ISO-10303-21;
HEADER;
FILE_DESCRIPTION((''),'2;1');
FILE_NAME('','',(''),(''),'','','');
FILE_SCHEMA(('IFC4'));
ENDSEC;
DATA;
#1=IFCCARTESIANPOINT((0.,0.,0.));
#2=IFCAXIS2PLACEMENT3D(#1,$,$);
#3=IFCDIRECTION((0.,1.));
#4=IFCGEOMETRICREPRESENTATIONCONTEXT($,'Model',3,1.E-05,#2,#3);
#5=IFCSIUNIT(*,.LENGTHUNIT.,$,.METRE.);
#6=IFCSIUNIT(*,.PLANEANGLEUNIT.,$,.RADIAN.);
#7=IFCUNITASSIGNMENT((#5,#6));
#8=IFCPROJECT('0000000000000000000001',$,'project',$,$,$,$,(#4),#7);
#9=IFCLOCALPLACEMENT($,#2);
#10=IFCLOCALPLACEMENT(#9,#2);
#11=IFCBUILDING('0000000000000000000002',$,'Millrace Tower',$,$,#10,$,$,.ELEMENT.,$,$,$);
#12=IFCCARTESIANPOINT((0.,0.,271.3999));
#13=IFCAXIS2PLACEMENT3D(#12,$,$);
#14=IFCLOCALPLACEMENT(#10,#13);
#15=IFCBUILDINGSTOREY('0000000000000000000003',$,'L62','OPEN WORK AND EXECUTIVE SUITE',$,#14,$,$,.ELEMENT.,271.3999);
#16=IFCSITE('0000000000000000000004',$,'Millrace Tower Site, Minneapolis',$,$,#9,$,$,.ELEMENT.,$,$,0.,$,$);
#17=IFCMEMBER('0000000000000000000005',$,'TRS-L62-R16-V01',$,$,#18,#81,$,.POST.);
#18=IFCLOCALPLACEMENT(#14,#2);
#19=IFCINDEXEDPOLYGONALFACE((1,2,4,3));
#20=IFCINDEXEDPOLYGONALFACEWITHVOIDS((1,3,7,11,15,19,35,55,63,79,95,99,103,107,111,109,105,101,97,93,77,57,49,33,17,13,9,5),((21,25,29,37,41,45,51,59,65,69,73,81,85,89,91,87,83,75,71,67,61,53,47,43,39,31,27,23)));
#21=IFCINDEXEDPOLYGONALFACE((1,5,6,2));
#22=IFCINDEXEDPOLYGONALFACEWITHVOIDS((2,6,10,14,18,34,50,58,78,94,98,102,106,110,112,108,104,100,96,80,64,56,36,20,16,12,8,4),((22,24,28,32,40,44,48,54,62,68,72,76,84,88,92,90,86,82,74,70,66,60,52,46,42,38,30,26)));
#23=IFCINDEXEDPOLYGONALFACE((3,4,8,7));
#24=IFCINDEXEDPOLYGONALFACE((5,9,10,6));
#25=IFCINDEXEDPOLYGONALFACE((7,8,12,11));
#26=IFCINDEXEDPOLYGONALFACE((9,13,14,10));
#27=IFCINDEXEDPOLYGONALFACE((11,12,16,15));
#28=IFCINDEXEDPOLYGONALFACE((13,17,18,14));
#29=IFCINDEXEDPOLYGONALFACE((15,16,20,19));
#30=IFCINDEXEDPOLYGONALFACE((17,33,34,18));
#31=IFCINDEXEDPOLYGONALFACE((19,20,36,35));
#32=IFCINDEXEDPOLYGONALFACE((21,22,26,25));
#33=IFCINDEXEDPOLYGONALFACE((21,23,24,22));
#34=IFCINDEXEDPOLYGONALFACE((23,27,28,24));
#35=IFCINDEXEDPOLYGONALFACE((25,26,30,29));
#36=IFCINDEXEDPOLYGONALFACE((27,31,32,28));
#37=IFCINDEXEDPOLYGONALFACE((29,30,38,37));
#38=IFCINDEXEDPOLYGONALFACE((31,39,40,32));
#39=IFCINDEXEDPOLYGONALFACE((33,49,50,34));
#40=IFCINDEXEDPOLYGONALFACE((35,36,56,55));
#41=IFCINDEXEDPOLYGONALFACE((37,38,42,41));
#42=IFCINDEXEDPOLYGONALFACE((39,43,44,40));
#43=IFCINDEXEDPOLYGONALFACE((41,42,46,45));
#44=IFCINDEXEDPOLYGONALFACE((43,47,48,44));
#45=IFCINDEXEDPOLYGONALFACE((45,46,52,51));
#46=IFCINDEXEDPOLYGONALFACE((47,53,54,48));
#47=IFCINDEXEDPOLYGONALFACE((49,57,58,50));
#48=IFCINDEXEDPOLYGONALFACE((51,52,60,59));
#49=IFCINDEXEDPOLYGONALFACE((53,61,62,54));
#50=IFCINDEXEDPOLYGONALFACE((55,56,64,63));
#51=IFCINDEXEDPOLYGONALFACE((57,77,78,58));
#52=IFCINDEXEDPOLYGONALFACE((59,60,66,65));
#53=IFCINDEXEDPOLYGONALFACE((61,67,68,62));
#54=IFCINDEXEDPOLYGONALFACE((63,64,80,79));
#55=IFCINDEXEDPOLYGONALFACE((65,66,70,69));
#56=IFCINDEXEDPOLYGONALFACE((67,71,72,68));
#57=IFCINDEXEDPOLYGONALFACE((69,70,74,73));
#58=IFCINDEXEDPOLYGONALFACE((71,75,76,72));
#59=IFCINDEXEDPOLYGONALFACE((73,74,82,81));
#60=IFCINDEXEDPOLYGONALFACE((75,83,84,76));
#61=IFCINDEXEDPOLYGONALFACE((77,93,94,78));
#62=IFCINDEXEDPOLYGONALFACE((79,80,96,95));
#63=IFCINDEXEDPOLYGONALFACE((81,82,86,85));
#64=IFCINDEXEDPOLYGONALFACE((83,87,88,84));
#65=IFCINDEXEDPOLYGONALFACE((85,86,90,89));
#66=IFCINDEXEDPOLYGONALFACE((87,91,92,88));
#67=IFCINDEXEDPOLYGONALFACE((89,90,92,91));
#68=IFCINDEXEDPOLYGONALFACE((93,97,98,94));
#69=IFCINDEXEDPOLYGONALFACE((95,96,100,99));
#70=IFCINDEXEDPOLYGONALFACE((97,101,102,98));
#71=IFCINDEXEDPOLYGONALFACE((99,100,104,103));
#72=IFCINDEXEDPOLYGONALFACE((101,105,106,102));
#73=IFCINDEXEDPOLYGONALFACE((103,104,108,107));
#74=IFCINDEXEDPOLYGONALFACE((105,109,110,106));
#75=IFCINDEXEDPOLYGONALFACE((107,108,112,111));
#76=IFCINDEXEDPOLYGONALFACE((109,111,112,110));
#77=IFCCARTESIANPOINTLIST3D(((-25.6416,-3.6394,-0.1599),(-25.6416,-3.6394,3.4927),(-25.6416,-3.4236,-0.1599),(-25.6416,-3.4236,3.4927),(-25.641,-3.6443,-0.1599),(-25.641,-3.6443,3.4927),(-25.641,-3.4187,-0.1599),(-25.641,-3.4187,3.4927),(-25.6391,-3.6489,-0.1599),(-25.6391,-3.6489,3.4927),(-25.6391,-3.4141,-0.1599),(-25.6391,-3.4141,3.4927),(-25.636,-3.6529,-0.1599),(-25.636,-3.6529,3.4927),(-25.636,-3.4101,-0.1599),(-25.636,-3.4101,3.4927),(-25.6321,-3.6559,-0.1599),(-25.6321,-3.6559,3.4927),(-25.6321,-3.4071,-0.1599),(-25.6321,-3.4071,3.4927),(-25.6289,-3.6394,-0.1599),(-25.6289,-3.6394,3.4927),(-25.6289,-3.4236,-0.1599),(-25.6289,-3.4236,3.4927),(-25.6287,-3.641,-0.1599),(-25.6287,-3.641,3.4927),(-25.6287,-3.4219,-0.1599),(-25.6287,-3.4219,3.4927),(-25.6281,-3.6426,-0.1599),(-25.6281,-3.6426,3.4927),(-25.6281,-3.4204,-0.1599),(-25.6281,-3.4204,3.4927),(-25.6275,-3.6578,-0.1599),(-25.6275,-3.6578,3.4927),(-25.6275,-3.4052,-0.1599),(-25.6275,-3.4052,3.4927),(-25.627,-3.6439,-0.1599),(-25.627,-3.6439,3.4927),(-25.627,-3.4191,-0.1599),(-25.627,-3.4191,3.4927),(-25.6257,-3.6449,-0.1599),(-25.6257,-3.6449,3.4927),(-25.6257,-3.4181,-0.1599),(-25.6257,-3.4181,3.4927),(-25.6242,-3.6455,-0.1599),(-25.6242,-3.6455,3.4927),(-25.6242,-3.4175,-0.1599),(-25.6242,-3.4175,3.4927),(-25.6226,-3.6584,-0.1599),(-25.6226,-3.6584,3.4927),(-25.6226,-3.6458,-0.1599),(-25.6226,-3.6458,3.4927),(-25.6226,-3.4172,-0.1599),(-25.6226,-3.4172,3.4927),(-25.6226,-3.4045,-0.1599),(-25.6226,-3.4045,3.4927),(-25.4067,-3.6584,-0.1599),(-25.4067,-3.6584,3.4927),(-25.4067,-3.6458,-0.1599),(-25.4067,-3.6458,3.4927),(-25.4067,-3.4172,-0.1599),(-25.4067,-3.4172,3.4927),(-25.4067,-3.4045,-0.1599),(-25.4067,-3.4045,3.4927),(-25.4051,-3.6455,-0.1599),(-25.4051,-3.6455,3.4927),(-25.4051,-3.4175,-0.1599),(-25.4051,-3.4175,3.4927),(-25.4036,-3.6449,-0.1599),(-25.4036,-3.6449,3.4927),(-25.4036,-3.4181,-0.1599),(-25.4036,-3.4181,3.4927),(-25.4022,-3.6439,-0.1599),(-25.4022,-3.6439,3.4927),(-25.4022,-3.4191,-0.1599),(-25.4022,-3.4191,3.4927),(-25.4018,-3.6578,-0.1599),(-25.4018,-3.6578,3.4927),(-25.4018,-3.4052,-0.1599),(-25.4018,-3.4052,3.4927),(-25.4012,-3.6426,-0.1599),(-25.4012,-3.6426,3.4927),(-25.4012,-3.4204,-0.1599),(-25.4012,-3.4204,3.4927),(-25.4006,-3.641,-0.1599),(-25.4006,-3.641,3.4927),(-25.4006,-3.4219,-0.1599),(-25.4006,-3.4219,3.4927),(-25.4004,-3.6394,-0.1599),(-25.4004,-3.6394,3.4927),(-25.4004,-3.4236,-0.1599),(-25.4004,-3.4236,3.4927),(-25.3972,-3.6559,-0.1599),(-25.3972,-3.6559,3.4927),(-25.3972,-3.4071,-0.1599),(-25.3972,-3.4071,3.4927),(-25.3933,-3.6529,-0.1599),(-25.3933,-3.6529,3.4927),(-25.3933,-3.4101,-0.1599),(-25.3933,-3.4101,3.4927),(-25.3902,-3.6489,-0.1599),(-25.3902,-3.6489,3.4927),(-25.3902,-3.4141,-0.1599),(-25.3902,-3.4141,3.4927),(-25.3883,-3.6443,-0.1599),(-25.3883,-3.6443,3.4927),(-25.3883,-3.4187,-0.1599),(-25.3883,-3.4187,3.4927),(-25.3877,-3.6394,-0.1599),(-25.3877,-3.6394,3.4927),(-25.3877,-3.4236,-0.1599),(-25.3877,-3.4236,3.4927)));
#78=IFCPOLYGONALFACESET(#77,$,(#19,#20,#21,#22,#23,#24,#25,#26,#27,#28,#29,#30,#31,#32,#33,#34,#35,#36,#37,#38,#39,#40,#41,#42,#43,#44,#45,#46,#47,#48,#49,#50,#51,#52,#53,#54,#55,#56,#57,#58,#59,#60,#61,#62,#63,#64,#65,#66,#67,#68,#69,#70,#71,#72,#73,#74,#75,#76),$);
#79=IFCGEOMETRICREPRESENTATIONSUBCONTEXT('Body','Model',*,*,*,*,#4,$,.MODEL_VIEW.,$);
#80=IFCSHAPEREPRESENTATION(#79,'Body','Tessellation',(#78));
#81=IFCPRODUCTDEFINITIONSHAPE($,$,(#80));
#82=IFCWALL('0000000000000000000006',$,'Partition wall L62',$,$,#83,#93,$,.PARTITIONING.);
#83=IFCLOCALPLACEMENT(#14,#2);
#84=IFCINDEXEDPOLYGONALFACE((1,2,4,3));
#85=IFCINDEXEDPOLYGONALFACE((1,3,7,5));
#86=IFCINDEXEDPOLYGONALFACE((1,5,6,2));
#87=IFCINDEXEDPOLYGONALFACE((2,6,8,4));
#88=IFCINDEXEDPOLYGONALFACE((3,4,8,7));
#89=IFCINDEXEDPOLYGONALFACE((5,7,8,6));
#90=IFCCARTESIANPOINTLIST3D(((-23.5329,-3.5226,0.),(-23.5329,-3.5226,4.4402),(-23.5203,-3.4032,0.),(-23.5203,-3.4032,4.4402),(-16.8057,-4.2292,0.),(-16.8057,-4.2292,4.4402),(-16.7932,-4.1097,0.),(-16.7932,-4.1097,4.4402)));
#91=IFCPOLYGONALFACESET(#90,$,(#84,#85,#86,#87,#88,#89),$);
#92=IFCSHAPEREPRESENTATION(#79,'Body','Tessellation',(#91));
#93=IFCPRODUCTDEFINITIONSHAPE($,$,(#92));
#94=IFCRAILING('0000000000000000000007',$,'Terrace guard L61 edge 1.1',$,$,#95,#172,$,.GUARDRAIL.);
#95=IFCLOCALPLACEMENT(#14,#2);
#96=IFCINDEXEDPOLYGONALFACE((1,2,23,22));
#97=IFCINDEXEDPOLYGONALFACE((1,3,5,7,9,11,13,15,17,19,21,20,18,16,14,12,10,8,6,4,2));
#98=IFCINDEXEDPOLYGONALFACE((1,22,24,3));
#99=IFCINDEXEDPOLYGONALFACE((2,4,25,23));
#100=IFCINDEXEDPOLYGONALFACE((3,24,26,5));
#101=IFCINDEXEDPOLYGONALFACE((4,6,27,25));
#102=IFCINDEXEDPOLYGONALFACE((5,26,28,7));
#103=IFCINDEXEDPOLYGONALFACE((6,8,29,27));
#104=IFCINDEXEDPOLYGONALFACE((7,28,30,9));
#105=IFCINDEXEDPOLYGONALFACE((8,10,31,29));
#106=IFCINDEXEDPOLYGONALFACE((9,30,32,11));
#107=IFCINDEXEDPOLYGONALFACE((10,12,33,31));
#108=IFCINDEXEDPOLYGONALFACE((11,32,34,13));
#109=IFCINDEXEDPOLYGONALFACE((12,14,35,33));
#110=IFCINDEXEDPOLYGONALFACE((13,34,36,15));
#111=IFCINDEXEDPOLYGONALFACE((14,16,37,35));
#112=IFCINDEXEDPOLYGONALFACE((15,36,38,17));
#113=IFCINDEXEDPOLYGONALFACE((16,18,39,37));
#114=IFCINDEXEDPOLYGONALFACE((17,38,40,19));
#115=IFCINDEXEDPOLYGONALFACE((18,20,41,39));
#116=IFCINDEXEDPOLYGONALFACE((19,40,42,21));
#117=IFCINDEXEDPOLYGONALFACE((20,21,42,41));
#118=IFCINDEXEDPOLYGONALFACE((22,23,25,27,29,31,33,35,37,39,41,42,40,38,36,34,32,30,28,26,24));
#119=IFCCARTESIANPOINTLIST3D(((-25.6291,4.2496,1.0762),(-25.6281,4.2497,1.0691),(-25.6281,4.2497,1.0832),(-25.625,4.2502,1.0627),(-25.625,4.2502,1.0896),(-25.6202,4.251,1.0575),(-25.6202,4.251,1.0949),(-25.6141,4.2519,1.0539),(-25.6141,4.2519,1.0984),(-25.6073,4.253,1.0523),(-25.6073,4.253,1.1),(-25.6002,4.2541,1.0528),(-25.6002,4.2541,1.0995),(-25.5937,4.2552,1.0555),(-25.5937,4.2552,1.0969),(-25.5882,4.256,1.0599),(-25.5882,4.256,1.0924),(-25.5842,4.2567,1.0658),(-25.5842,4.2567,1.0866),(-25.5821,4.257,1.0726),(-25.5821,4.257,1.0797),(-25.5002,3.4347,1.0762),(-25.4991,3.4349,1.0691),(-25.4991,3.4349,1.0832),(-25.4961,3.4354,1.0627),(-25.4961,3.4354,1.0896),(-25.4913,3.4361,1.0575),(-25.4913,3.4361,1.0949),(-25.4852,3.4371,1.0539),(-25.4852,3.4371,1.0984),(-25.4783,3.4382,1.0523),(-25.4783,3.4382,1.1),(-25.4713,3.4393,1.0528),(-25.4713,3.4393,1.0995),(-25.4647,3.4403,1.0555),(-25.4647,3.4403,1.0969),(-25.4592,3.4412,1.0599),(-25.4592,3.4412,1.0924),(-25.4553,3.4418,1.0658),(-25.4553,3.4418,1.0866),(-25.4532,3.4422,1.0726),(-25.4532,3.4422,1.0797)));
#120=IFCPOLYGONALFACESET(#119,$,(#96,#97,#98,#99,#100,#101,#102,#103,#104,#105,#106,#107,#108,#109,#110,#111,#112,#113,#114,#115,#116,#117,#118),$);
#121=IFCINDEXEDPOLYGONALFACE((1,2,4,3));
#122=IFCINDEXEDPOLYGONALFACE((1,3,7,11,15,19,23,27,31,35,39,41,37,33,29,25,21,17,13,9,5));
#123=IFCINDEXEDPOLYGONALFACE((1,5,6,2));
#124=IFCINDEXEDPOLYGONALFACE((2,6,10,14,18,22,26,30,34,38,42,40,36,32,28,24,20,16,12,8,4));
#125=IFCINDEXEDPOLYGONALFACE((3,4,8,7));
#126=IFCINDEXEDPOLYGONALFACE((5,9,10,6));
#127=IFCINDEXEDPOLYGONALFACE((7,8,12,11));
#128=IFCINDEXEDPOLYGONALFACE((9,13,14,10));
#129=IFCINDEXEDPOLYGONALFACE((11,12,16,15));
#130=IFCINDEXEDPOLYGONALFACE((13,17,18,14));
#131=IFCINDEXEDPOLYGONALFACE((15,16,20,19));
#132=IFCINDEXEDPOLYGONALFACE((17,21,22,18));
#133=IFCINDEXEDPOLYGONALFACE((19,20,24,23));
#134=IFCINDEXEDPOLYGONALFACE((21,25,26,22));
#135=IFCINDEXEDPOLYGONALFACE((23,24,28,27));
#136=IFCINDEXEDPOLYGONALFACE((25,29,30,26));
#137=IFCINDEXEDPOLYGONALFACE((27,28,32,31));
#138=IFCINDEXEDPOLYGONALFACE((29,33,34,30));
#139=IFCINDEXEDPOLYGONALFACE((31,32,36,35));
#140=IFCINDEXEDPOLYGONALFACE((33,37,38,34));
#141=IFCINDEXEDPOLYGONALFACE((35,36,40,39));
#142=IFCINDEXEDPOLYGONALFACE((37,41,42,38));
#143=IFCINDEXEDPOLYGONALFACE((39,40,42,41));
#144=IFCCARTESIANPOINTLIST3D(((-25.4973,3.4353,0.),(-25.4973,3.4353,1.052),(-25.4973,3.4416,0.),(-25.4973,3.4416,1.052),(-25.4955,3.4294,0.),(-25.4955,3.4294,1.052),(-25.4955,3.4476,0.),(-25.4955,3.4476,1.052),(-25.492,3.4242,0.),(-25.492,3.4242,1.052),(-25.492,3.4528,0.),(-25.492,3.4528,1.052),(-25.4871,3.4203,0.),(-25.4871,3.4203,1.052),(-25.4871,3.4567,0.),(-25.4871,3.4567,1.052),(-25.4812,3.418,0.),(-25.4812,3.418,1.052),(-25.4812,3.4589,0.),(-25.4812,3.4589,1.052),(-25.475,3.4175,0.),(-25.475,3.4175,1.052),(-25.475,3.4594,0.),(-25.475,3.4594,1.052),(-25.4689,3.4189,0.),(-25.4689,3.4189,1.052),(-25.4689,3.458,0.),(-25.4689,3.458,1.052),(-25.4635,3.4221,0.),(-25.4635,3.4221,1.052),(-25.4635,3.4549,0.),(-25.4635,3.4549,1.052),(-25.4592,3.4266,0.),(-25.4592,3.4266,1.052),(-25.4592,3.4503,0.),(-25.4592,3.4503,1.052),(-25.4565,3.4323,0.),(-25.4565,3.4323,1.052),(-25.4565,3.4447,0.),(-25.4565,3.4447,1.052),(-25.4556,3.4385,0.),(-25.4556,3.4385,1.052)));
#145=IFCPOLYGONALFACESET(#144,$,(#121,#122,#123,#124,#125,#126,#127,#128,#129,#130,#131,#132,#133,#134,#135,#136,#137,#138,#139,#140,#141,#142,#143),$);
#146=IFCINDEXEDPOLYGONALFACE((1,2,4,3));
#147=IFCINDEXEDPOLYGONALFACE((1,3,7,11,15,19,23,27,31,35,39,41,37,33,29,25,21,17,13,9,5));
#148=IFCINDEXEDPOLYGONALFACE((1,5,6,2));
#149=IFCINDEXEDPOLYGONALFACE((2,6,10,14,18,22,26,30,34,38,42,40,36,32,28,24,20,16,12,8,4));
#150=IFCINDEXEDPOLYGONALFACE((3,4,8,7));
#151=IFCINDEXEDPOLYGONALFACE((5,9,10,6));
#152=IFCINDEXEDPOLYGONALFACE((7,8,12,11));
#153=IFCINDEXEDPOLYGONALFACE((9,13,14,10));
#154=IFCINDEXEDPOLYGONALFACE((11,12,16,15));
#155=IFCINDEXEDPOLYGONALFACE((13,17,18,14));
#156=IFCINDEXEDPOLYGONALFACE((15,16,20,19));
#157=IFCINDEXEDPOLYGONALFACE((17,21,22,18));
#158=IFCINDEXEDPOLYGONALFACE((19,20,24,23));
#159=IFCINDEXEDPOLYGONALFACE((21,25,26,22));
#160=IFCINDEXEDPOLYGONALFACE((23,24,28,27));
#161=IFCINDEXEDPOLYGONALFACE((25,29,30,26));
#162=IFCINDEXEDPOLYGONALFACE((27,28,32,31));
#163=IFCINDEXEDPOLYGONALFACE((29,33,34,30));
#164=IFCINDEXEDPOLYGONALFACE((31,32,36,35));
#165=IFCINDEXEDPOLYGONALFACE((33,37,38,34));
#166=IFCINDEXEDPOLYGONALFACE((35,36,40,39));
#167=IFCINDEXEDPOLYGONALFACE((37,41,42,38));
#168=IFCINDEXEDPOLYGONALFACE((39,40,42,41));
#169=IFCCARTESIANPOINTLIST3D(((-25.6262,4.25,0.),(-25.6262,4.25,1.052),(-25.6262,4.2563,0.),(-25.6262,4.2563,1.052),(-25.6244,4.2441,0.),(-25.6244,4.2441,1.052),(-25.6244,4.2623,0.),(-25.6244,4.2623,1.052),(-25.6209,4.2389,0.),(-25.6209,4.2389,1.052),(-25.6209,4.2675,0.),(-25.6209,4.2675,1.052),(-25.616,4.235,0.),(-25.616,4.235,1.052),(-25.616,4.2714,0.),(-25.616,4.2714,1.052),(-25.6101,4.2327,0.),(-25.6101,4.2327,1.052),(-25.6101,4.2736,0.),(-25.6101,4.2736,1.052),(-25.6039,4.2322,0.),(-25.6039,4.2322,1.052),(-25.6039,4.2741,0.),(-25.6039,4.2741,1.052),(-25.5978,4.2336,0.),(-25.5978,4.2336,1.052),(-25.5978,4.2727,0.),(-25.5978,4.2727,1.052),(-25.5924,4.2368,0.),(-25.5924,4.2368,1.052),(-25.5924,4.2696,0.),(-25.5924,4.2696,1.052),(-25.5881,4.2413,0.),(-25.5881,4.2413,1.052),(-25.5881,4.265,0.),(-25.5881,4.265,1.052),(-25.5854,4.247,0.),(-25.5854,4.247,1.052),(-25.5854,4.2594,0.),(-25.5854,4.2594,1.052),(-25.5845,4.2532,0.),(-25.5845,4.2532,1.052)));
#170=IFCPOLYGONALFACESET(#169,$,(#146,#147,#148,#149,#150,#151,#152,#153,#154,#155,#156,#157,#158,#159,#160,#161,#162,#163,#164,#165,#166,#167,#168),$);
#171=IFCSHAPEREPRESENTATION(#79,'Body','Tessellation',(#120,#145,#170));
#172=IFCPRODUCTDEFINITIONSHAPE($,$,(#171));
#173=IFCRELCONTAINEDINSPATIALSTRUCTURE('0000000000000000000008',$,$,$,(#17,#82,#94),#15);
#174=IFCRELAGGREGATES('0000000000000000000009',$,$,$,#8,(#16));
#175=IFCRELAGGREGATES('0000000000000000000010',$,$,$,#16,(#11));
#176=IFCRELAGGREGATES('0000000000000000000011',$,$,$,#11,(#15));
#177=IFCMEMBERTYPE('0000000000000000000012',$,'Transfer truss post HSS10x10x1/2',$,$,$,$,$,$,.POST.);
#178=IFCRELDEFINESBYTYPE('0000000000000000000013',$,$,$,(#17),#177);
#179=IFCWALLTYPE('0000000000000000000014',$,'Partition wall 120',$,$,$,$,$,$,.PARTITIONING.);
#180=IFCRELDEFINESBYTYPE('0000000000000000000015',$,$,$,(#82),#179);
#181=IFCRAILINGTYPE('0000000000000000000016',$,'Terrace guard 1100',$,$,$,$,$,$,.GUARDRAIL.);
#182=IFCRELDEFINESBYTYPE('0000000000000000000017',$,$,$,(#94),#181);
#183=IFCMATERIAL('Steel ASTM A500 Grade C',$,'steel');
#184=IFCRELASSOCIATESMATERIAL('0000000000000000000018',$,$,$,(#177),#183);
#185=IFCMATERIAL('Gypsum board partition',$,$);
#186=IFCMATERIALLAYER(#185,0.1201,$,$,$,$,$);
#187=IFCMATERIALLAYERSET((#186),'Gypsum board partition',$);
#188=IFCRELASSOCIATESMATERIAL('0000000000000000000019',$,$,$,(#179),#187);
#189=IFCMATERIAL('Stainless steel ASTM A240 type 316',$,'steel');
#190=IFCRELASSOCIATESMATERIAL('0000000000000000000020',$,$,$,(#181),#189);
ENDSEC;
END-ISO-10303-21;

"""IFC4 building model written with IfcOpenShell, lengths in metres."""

from ifc_helpers import new_model, si_unit, direction, frame, frame_2d, origin, origin_2d, place, context, subcontext, project, spatial, rectangle, hollow_rectangle, circle, extrude, material, layer, layer_set, material_profile, profile_set, type_object, element, save


model = new_model("IFC4")

# Units and contexts
model_context = context("Model", 3, precision=1e-05, world=origin(), true_north=direction((0.0, 1.0)))
body_context = subcontext(model_context, "Body", "Model", "MODEL_VIEW")
ifc_project = project(units=[si_unit("LENGTHUNIT", "METRE"), si_unit("PLANEANGLEUNIT", "RADIAN")], contexts=[model_context])

# Site, building, storey
site_placement = place(None, origin())
site = spatial("IfcSite", under=ifc_project, at=site_placement, Name="Millrace Tower Site, Minneapolis", CompositionType="ELEMENT", RefElevation=0.0)
building_placement = place(site_placement, origin())
building = spatial("IfcBuilding", under=site, at=building_placement, Name="Millrace Tower", CompositionType="ELEMENT")
storey_placement = place(building_placement, frame((0.0, 0.0, 271.3999)))
storey = spatial("IfcBuildingStorey", under=building, at=storey_placement, Name="L62", Description="OPEN WORK AND EXECUTIVE SUITE", CompositionType="ELEMENT", Elevation=271.3999)

# Member
ifc_material_1 = material(Name="Steel ASTM A500 Grade C", Category="steel")
ifc_material_profile_1 = material_profile(ifc_material_1, hollow_rectangle(XDim=0.2539, YDim=0.2539, WallThickness=0.0127, InnerFilletRadius=0.0063, OuterFilletRadius=0.019, at=origin_2d()))
ifc_profile_set_1 = profile_set([ifc_material_profile_1], Name="Steel ASTM A500 Grade C")
member_type_1 = type_object("IfcMemberType", Name="Transfer truss post HSS10x10x1/2", PredefinedType="POST", material=ifc_profile_set_1)
member_1_placement = place(storey_placement, frame((-25.5146, -3.5315, -0.1599), z_axis=(0.0, 0.0, 1.0), x_axis=(1.0, 0.0, 0.0)))
element("IfcMember", 1, at=member_1_placement, inside=storey, type_object=member_type_1, Name="TRS-L62-R16-V01", PredefinedType="POST", context=body_context, shape_type="SweptSolid", body=[
    extrude(hollow_rectangle(XDim=0.2539, YDim=0.2539, WallThickness=0.0127, InnerFilletRadius=0.0063, OuterFilletRadius=0.019, at=origin_2d()), origin(), (0.0, 0.0, 1.0), 3.6526),
])

# Wall
ifc_material_2 = material(Name="Gypsum board partition")
ifc_layer_1 = layer(ifc_material_2, 0.1201)
ifc_layer_set_1 = layer_set([ifc_layer_1], Name="Gypsum board partition")
wall_type = type_object("IfcWallType", Name="Partition wall 120", PredefinedType="PARTITIONING", material=ifc_layer_set_1)
wall_placement = place(storey_placement, frame((-23.5266, -3.4629, 0.0), z_axis=(0.0, 0.0, 1.0), x_axis=(0.99453, -0.104456, 0.0)))
element("IfcWall", 2, at=wall_placement, inside=storey, type_object=wall_type, Name="Partition wall L62", PredefinedType="PARTITIONING", context=body_context, shape_type="SweptSolid", body=[
    extrude(rectangle(XDim=6.7642, YDim=0.1201, at=frame_2d((3.3821, 0.0))), origin(), (0.0, 0.0, 1.0), 4.4402),
])

# Railing
ifc_material_3 = material(Name="Stainless steel ASTM A240 type 316", Category="steel")
railing_type = type_object("IfcRailingType", Name="Terrace guard 1100", PredefinedType="GUARDRAIL", material=ifc_material_3)
railing_1_placement = place(storey_placement, frame((-25.4766, 3.4385, 0.0)))
element("IfcRailing", 3, at=railing_1_placement, inside=storey, type_object=railing_type, Name="Terrace guard L61 edge 1.1", PredefinedType="GUARDRAIL", context=body_context, shape_type="SweptSolid", body=[
    extrude(circle(Radius=0.0239, at=origin_2d()), frame((0.0, 0.0, 1.0762), z_axis=(-0.156282, 0.987713, 0.0), x_axis=(-0.987713, -0.156282, 0.0)), (0.0, 0.0, 1.0), 0.825),
    extrude(circle(Radius=0.021, at=origin_2d()), origin(), (0.0, 0.0, 1.0), 1.052),
    extrude(circle(Radius=0.021, at=origin_2d()), frame((-0.1289, 0.8147, 0.0)), (0.0, 0.0, 1.0), 1.052),
])

save(model, "model.ifc")
